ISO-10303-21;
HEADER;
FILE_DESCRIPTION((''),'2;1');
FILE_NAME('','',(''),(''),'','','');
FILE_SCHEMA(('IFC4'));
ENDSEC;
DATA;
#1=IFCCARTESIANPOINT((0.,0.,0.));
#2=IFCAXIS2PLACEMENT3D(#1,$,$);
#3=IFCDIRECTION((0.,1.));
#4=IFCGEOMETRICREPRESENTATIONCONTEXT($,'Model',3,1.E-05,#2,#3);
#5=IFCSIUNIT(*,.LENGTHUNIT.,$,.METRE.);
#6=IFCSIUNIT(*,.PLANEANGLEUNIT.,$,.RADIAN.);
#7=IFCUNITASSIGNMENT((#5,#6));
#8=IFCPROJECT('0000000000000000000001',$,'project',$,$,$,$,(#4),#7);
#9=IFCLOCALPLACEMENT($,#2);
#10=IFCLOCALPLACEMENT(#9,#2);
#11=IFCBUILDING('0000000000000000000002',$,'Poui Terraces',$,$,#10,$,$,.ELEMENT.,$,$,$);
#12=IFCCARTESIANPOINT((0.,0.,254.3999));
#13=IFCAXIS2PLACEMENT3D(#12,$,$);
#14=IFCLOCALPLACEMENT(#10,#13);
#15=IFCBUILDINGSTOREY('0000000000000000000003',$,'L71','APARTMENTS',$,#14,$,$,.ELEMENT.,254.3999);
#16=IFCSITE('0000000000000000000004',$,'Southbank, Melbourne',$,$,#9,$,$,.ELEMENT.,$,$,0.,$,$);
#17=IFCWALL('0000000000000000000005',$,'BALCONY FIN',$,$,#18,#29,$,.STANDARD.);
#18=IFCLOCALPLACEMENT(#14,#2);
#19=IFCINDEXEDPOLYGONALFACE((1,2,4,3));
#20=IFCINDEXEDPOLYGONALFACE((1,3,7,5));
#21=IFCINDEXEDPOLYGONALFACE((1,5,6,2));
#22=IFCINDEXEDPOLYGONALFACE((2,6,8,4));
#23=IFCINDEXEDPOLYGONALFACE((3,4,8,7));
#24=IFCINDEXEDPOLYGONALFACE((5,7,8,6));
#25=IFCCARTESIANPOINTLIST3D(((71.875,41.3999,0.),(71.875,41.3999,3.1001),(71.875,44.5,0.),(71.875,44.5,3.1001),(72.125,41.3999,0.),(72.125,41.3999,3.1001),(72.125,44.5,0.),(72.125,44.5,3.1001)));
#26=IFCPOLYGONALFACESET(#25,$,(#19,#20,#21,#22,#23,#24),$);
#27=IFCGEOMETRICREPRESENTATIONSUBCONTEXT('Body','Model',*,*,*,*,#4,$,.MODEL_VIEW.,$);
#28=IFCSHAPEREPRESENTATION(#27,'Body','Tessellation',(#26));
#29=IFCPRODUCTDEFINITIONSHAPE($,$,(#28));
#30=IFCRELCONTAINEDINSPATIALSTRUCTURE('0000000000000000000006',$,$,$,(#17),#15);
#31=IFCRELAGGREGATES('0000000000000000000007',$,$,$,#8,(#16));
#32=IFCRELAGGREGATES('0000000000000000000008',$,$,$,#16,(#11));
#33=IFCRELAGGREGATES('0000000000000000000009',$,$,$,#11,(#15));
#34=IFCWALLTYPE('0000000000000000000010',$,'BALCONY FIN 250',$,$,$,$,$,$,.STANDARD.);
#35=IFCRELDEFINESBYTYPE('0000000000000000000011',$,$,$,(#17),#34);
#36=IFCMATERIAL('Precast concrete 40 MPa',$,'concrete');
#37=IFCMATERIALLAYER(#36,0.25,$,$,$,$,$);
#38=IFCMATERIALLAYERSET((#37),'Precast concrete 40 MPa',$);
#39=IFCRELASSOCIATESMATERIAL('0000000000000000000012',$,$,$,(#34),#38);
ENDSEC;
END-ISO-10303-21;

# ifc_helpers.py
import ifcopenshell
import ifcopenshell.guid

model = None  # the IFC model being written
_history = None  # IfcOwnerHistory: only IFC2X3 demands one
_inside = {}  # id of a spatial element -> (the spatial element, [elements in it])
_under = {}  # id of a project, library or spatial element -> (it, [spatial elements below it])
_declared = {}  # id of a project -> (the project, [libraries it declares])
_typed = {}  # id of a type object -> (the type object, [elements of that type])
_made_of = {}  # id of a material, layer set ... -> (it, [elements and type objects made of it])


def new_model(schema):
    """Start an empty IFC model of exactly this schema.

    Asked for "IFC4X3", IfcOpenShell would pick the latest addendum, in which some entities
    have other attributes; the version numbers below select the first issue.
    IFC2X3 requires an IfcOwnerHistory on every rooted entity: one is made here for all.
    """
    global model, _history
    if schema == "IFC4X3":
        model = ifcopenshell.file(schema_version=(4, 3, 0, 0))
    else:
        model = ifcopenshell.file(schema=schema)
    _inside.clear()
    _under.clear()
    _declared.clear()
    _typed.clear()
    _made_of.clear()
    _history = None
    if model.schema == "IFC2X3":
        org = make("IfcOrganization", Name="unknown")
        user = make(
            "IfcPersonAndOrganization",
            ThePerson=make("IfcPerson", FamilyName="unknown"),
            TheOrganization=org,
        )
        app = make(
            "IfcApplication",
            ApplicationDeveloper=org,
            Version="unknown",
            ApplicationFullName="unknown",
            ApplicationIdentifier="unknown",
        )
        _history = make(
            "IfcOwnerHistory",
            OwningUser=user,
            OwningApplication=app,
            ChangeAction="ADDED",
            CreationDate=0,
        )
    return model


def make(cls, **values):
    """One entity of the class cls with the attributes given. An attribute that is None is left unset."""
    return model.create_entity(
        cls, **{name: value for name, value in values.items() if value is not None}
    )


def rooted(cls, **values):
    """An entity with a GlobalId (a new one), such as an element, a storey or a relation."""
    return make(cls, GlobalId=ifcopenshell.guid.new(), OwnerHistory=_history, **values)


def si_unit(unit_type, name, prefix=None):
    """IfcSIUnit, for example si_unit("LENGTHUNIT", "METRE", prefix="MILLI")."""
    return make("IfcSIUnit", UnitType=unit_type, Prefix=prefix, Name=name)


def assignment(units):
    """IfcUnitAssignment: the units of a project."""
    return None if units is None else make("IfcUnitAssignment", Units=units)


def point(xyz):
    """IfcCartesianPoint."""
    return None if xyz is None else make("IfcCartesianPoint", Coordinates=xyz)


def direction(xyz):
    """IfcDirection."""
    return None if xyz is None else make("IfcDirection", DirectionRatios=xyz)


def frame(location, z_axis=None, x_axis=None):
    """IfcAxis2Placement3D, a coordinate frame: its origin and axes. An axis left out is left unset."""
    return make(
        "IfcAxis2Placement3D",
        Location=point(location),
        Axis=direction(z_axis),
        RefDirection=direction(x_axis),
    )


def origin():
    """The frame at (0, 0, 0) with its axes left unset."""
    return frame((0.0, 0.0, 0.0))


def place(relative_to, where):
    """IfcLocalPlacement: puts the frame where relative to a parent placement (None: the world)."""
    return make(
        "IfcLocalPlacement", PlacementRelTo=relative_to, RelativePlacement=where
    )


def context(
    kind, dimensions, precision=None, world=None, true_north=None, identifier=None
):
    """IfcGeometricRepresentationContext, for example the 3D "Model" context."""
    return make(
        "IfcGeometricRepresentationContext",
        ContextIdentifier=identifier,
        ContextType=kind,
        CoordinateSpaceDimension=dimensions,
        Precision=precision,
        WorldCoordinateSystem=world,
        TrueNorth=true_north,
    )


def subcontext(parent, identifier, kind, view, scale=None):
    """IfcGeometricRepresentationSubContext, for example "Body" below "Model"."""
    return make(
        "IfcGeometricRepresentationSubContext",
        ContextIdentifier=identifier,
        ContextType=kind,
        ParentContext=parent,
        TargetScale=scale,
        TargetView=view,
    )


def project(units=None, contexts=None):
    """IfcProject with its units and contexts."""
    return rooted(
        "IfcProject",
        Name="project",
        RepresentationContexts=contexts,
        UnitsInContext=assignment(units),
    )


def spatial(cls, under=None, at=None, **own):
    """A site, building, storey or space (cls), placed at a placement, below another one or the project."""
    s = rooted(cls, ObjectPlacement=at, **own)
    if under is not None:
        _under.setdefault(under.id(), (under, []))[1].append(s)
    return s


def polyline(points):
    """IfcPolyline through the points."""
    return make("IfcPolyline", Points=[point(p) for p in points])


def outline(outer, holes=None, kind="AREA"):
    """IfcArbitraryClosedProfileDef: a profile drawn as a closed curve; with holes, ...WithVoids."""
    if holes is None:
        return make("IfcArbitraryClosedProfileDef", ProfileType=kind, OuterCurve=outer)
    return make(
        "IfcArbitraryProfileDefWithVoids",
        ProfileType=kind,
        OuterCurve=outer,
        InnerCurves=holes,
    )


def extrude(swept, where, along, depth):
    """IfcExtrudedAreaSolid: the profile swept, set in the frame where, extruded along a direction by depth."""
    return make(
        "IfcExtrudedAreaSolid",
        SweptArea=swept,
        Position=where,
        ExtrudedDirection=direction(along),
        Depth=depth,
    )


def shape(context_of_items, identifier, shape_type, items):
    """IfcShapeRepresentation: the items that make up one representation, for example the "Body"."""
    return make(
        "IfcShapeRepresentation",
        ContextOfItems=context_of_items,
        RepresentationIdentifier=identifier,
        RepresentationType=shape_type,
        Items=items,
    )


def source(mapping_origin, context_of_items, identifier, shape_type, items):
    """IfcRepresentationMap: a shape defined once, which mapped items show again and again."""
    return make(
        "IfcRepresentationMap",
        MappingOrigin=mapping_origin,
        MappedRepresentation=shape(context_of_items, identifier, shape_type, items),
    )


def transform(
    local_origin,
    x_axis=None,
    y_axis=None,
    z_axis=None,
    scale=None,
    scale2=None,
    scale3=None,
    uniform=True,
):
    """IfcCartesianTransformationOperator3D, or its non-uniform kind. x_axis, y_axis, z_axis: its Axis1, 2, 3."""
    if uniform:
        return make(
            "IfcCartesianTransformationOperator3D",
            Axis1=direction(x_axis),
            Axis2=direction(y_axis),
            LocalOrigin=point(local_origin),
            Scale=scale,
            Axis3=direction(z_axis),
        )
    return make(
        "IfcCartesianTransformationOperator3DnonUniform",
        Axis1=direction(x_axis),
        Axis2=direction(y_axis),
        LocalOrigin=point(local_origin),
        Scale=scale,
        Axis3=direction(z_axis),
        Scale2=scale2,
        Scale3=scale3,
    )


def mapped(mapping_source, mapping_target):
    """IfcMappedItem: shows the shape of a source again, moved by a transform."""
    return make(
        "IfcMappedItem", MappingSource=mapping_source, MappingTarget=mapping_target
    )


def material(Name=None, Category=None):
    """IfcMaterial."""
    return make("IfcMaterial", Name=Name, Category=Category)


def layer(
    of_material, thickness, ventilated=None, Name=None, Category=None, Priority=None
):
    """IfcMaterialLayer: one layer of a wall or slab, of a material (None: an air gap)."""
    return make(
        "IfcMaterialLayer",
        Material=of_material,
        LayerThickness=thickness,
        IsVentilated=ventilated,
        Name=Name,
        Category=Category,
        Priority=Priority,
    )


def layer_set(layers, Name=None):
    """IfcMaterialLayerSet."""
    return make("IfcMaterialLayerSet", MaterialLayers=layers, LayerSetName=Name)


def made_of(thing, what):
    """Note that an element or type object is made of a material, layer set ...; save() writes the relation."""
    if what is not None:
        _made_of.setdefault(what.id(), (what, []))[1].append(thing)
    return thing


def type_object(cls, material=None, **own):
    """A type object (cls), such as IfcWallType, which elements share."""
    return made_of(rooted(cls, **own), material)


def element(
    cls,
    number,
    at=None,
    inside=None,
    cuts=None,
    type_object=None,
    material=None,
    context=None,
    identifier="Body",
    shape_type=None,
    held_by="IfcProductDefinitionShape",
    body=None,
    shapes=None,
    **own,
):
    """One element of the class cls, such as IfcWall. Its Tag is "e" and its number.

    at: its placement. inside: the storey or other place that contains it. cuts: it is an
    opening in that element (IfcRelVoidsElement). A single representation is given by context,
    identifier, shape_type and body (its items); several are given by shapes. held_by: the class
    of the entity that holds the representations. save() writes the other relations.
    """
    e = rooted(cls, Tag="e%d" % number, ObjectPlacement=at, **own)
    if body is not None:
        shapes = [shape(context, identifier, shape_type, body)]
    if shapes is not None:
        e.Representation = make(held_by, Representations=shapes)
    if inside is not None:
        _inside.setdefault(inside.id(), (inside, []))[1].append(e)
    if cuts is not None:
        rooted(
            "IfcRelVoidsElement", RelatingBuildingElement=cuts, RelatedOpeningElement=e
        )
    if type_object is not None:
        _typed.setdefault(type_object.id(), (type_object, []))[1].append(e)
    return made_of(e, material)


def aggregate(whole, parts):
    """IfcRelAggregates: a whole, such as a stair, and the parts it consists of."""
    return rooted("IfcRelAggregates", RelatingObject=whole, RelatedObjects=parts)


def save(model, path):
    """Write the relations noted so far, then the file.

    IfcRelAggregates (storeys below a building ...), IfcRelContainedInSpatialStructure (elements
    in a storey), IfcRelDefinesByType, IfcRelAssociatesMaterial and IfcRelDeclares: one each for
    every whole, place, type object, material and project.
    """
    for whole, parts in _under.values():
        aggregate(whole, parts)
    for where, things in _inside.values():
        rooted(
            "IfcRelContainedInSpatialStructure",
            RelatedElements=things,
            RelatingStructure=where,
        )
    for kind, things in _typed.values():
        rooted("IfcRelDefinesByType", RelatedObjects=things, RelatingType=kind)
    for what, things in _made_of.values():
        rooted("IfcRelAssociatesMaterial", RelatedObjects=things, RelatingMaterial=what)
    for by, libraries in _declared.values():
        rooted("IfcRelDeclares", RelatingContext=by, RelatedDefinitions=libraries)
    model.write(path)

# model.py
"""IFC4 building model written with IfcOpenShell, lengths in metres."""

from ifc_helpers import new_model, si_unit, direction, frame, origin, place, context, subcontext, project, spatial, polyline, outline, extrude, source, transform, mapped, material, layer, layer_set, type_object, element, save


model = new_model("IFC4")

# Units and contexts
model_context = context("Model", 3, precision=1e-05, world=origin(), true_north=direction((0.0, 1.0)))
body_context = subcontext(model_context, "Body", "Model", "MODEL_VIEW")
ifc_project = project(units=[si_unit("LENGTHUNIT", "METRE"), si_unit("PLANEANGLEUNIT", "RADIAN")], contexts=[model_context])

# Site, building, storey
site_placement = place(None, origin())
site = spatial("IfcSite", under=ifc_project, at=site_placement, Name="Southbank, Melbourne", CompositionType="ELEMENT", RefElevation=0.0)
building_placement = place(site_placement, origin())
building = spatial("IfcBuilding", under=site, at=building_placement, Name="Poui Terraces", CompositionType="ELEMENT")
storey_placement = place(building_placement, frame((0.0, 0.0, 254.3999)))
storey = spatial("IfcBuildingStorey", under=building, at=storey_placement, Name="L71", Description="APARTMENTS", CompositionType="ELEMENT", Elevation=254.3999)

# Wall
ifc_material_1 = material(Name="Precast concrete 40 MPa", Category="concrete")
ifc_layer = layer(ifc_material_1, 0.25)
ifc_layer_set = layer_set([ifc_layer], Name="Precast concrete 40 MPa")
wall_type = type_object("IfcWallType", Name="BALCONY FIN 250", PredefinedType="STANDARD", material=ifc_layer_set)
shared_shape = source(origin(), body_context, "Body", "SweptSolid", [
    extrude(outline(polyline([(0.0, 0.0), (0.25, 0.0), (0.25, 3.1001), (0.0, 3.1001), (0.0, 0.0)])), origin(), (0.0, 0.0, 1.0), 3.1001),
])
wall_placement = place(storey_placement, frame((71.875, 41.3999, 0.0)))
element("IfcWall", 1, at=wall_placement, inside=storey, type_object=wall_type, Name="BALCONY FIN", PredefinedType="STANDARD", context=body_context, shape_type="MappedRepresentation", body=[
    mapped(shared_shape, transform((0.0, 0.0, 0.0))),
])

save(model, "model.ifc")
